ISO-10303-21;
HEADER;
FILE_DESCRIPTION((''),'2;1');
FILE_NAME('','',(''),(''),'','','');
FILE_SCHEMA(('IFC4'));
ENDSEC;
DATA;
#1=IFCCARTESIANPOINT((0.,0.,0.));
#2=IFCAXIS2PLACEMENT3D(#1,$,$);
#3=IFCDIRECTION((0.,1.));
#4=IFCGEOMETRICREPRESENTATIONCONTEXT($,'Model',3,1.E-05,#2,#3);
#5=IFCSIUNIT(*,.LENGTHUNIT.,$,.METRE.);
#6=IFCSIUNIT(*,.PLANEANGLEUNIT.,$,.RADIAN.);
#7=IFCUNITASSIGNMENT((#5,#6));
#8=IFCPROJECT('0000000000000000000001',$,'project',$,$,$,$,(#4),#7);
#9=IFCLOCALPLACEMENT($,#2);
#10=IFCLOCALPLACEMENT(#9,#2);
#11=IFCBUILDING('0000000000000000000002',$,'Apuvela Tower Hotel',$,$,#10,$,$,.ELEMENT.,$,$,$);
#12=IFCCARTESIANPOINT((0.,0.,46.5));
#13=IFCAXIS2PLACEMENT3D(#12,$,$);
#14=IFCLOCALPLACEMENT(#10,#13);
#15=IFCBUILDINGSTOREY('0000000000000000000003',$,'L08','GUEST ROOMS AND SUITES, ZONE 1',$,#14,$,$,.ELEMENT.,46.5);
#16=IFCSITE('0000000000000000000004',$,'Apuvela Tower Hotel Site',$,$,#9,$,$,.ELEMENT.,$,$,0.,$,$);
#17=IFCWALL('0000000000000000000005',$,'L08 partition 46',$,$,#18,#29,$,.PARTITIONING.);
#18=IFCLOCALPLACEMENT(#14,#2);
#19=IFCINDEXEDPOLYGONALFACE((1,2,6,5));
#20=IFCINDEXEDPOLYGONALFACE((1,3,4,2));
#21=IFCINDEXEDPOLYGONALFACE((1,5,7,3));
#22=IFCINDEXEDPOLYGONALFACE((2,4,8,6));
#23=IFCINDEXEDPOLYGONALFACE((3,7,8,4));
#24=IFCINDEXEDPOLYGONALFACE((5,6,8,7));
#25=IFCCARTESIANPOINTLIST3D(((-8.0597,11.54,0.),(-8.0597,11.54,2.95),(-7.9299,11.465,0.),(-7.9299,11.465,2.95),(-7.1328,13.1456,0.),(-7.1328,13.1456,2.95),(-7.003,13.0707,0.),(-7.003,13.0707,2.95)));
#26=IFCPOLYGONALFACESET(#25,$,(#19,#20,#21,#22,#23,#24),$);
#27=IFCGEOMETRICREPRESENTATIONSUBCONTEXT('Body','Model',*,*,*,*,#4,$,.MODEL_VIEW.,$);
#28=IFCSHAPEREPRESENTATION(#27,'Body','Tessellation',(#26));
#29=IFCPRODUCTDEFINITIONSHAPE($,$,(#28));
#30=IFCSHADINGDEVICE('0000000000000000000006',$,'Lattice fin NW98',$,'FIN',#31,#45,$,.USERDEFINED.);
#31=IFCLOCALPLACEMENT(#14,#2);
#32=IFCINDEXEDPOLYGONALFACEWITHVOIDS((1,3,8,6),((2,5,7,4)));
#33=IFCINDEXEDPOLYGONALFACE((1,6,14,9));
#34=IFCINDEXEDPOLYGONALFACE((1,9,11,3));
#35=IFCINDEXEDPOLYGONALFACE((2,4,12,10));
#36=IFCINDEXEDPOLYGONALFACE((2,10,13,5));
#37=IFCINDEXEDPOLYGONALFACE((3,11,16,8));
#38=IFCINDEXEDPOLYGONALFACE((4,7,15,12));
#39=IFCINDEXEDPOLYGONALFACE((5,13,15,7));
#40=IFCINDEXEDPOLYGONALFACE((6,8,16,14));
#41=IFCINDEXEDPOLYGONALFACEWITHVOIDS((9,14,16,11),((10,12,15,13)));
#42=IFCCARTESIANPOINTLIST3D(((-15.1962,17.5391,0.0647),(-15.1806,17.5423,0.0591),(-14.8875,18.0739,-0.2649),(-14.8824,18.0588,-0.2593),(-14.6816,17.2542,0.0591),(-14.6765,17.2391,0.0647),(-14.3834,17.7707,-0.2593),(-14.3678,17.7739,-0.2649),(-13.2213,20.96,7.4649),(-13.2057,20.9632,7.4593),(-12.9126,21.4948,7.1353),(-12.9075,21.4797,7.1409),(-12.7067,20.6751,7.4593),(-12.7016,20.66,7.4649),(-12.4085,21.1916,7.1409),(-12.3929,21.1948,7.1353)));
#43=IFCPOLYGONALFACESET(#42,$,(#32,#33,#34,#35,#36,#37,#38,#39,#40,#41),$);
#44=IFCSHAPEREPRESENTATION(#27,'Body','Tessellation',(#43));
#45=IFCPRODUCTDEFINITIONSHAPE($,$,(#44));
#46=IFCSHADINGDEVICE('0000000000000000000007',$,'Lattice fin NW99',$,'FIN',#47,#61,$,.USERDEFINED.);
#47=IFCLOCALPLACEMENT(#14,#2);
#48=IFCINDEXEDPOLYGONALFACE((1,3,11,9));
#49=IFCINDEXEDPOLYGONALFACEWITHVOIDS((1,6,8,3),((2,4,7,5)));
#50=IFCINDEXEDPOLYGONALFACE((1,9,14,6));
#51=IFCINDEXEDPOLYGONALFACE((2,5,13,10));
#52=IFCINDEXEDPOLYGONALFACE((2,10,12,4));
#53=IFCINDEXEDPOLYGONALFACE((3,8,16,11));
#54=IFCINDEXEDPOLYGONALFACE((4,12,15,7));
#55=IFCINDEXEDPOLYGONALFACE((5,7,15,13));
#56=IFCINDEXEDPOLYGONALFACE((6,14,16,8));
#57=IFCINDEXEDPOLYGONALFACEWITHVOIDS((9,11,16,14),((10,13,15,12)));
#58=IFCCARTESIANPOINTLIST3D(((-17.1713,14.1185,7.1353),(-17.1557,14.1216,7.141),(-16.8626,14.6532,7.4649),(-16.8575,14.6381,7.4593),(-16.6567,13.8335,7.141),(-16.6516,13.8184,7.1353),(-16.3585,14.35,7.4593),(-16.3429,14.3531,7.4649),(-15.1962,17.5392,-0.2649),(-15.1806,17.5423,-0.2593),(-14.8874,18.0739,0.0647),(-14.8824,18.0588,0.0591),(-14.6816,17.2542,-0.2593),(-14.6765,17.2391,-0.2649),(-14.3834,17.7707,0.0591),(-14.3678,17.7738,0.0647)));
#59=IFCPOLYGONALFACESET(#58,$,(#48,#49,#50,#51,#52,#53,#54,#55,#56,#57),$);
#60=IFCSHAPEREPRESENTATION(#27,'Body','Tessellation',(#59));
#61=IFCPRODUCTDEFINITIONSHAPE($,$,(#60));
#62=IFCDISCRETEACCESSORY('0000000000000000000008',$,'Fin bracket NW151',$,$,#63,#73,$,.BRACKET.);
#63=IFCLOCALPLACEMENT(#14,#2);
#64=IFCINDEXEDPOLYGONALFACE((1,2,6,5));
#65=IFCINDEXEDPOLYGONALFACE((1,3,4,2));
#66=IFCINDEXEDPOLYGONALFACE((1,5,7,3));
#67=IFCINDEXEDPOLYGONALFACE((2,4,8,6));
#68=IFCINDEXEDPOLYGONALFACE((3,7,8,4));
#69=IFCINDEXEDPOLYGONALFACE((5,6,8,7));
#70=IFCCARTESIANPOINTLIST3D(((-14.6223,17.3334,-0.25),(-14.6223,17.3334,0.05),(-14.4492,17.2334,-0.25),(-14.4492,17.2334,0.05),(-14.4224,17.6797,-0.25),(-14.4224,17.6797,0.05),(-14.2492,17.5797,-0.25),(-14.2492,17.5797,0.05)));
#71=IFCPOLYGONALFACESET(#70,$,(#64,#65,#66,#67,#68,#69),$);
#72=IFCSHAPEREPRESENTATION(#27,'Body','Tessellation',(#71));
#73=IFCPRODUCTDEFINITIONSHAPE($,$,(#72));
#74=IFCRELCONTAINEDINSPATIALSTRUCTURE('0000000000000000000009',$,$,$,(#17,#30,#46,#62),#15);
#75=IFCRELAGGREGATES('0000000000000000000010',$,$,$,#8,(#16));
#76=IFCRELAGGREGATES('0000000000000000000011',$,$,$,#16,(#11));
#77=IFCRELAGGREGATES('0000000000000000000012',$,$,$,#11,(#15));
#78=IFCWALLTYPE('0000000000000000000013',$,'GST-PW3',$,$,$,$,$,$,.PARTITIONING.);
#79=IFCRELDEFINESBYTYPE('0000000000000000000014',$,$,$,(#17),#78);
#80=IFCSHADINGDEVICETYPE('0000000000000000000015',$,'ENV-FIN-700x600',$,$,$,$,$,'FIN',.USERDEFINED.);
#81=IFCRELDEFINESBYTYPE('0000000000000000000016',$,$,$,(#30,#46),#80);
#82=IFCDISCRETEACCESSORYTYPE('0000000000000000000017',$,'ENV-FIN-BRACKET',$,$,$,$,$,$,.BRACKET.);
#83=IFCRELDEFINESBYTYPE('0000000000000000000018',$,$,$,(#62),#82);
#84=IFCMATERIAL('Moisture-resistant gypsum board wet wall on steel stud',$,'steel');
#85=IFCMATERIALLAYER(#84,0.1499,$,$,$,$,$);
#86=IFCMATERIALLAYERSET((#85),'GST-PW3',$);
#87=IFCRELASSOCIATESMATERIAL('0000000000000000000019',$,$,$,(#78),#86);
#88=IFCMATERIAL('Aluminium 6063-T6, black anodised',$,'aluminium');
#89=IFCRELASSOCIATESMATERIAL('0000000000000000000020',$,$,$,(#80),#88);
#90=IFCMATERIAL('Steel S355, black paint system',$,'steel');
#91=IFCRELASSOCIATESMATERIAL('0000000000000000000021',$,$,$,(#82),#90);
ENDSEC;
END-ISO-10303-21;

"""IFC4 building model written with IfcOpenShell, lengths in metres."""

from ifc_helpers import new_model, si_unit, direction, frame, frame_2d, origin, origin_2d, place, context, subcontext, project, spatial, rectangle, hollow_rectangle, extrude, material, layer, layer_set, material_profile, profile_set, type_object, element, save


model = new_model("IFC4")

# Units and contexts
model_context = context("Model", 3, precision=1e-05, world=origin(), true_north=direction((0.0, 1.0)))
body_context = subcontext(model_context, "Body", "Model", "MODEL_VIEW")
ifc_project = project(units=[si_unit("LENGTHUNIT", "METRE"), si_unit("PLANEANGLEUNIT", "RADIAN")], contexts=[model_context])

# Site, building, storey
site_placement = place(None, origin())
site = spatial("IfcSite", under=ifc_project, at=site_placement, Name="Apuvela Tower Hotel Site", CompositionType="ELEMENT", RefElevation=0.0)
building_placement = place(site_placement, origin())
building = spatial("IfcBuilding", under=site, at=building_placement, Name="Apuvela Tower Hotel", CompositionType="ELEMENT")
storey_placement = place(building_placement, frame((0.0, 0.0, 46.5)))
storey = spatial("IfcBuildingStorey", under=building, at=storey_placement, Name="L08", Description="GUEST ROOMS AND SUITES, ZONE 1", CompositionType="ELEMENT", Elevation=46.5)

# Shared definitions
ifc_material_1 = material(Name="Moisture-resistant gypsum board wet wall on steel stud", Category="steel")
ifc_layer_1 = layer(ifc_material_1, 0.1499)
ifc_layer_set_1 = layer_set([ifc_layer_1], Name="GST-PW3")
wall_type_1 = type_object("IfcWallType", Name="GST-PW3", PredefinedType="PARTITIONING", material=ifc_layer_set_1)

# Wall
wall_1_placement = place(storey_placement, frame((-7.0679, 13.1082, 0.0), z_axis=(0.0, 0.0, 1.0), x_axis=(-0.499977, -0.866039, 0.0)))
element("IfcWall", 1, at=wall_1_placement, inside=storey, type_object=wall_type_1, Name="L08 partition 46", PredefinedType="PARTITIONING", context=body_context, shape_type="SweptSolid", body=[
    extrude(rectangle(XDim=1.854, YDim=0.1499, at=frame_2d((0.927, 0.0))), origin(), (0.0, 0.0, 1.0), 2.95),
])

# Shading devices
ifc_material_2 = material(Name="Aluminium 6063-T6, black anodised", Category="aluminium")
ifc_material_profile_1 = material_profile(ifc_material_2, hollow_rectangle(XDim=0.6001, YDim=0.7, WallThickness=0.012, at=origin_2d()), Name="AL BOX 700x600x12")
ifc_profile_set_1 = profile_set([ifc_material_profile_1], Name="Aluminium 6063-T6, black anodised")
shading_device_type = type_object("IfcShadingDeviceType", Name="ENV-FIN-700x600", ElementType="FIN", PredefinedType="USERDEFINED", material=ifc_profile_set_1)
for number, where, z_axis, x_axis, name in (
    (2, (-14.782, 17.6565, -0.1001), (0.235428, 0.407814, 0.882191), (-0.866048, 0.499961, 0.0), "Lattice fin NW98"),
    (3, (-14.782, 17.6565, -0.1001), (-0.235458, -0.407787, 0.882196), (0.866005, -0.500035, 0.0), "Lattice fin NW99"),
):
    element("IfcShadingDevice", number, at=place(storey_placement, frame(where, z_axis=z_axis, x_axis=x_axis)), inside=storey, type_object=shading_device_type, Name=name, ObjectType="FIN", PredefinedType="USERDEFINED", context=body_context, shape_type="SweptSolid", body=[
        extrude(hollow_rectangle(XDim=0.6001, YDim=0.7, WallThickness=0.012, at=origin_2d()), origin(), (0.0, 0.0, 1.0), 8.3884),
    ])

# Discrete accessory
ifc_material_3 = material(Name="Steel S355, black paint system", Category="steel")
discrete_accessory_type = type_object("IfcDiscreteAccessoryType", Name="ENV-FIN-BRACKET", PredefinedType="BRACKET", material=ifc_material_3)
discrete_accessory_placement = place(storey_placement, frame((-14.4358, 17.4565, -0.25), z_axis=(0.0, 0.0, 1.0), x_axis=(-0.5, -0.866025, 0.0)))
element("IfcDiscreteAccessory", 4, at=discrete_accessory_placement, inside=storey, type_object=discrete_accessory_type, Name="Fin bracket NW151", PredefinedType="BRACKET", context=body_context, shape_type="SweptSolid", body=[
    extrude(rectangle(XDim=0.3999, YDim=0.2, at=origin_2d()), origin(), (0.0, 0.0, 1.0), 0.3),
])

save(model, "model.ifc")
